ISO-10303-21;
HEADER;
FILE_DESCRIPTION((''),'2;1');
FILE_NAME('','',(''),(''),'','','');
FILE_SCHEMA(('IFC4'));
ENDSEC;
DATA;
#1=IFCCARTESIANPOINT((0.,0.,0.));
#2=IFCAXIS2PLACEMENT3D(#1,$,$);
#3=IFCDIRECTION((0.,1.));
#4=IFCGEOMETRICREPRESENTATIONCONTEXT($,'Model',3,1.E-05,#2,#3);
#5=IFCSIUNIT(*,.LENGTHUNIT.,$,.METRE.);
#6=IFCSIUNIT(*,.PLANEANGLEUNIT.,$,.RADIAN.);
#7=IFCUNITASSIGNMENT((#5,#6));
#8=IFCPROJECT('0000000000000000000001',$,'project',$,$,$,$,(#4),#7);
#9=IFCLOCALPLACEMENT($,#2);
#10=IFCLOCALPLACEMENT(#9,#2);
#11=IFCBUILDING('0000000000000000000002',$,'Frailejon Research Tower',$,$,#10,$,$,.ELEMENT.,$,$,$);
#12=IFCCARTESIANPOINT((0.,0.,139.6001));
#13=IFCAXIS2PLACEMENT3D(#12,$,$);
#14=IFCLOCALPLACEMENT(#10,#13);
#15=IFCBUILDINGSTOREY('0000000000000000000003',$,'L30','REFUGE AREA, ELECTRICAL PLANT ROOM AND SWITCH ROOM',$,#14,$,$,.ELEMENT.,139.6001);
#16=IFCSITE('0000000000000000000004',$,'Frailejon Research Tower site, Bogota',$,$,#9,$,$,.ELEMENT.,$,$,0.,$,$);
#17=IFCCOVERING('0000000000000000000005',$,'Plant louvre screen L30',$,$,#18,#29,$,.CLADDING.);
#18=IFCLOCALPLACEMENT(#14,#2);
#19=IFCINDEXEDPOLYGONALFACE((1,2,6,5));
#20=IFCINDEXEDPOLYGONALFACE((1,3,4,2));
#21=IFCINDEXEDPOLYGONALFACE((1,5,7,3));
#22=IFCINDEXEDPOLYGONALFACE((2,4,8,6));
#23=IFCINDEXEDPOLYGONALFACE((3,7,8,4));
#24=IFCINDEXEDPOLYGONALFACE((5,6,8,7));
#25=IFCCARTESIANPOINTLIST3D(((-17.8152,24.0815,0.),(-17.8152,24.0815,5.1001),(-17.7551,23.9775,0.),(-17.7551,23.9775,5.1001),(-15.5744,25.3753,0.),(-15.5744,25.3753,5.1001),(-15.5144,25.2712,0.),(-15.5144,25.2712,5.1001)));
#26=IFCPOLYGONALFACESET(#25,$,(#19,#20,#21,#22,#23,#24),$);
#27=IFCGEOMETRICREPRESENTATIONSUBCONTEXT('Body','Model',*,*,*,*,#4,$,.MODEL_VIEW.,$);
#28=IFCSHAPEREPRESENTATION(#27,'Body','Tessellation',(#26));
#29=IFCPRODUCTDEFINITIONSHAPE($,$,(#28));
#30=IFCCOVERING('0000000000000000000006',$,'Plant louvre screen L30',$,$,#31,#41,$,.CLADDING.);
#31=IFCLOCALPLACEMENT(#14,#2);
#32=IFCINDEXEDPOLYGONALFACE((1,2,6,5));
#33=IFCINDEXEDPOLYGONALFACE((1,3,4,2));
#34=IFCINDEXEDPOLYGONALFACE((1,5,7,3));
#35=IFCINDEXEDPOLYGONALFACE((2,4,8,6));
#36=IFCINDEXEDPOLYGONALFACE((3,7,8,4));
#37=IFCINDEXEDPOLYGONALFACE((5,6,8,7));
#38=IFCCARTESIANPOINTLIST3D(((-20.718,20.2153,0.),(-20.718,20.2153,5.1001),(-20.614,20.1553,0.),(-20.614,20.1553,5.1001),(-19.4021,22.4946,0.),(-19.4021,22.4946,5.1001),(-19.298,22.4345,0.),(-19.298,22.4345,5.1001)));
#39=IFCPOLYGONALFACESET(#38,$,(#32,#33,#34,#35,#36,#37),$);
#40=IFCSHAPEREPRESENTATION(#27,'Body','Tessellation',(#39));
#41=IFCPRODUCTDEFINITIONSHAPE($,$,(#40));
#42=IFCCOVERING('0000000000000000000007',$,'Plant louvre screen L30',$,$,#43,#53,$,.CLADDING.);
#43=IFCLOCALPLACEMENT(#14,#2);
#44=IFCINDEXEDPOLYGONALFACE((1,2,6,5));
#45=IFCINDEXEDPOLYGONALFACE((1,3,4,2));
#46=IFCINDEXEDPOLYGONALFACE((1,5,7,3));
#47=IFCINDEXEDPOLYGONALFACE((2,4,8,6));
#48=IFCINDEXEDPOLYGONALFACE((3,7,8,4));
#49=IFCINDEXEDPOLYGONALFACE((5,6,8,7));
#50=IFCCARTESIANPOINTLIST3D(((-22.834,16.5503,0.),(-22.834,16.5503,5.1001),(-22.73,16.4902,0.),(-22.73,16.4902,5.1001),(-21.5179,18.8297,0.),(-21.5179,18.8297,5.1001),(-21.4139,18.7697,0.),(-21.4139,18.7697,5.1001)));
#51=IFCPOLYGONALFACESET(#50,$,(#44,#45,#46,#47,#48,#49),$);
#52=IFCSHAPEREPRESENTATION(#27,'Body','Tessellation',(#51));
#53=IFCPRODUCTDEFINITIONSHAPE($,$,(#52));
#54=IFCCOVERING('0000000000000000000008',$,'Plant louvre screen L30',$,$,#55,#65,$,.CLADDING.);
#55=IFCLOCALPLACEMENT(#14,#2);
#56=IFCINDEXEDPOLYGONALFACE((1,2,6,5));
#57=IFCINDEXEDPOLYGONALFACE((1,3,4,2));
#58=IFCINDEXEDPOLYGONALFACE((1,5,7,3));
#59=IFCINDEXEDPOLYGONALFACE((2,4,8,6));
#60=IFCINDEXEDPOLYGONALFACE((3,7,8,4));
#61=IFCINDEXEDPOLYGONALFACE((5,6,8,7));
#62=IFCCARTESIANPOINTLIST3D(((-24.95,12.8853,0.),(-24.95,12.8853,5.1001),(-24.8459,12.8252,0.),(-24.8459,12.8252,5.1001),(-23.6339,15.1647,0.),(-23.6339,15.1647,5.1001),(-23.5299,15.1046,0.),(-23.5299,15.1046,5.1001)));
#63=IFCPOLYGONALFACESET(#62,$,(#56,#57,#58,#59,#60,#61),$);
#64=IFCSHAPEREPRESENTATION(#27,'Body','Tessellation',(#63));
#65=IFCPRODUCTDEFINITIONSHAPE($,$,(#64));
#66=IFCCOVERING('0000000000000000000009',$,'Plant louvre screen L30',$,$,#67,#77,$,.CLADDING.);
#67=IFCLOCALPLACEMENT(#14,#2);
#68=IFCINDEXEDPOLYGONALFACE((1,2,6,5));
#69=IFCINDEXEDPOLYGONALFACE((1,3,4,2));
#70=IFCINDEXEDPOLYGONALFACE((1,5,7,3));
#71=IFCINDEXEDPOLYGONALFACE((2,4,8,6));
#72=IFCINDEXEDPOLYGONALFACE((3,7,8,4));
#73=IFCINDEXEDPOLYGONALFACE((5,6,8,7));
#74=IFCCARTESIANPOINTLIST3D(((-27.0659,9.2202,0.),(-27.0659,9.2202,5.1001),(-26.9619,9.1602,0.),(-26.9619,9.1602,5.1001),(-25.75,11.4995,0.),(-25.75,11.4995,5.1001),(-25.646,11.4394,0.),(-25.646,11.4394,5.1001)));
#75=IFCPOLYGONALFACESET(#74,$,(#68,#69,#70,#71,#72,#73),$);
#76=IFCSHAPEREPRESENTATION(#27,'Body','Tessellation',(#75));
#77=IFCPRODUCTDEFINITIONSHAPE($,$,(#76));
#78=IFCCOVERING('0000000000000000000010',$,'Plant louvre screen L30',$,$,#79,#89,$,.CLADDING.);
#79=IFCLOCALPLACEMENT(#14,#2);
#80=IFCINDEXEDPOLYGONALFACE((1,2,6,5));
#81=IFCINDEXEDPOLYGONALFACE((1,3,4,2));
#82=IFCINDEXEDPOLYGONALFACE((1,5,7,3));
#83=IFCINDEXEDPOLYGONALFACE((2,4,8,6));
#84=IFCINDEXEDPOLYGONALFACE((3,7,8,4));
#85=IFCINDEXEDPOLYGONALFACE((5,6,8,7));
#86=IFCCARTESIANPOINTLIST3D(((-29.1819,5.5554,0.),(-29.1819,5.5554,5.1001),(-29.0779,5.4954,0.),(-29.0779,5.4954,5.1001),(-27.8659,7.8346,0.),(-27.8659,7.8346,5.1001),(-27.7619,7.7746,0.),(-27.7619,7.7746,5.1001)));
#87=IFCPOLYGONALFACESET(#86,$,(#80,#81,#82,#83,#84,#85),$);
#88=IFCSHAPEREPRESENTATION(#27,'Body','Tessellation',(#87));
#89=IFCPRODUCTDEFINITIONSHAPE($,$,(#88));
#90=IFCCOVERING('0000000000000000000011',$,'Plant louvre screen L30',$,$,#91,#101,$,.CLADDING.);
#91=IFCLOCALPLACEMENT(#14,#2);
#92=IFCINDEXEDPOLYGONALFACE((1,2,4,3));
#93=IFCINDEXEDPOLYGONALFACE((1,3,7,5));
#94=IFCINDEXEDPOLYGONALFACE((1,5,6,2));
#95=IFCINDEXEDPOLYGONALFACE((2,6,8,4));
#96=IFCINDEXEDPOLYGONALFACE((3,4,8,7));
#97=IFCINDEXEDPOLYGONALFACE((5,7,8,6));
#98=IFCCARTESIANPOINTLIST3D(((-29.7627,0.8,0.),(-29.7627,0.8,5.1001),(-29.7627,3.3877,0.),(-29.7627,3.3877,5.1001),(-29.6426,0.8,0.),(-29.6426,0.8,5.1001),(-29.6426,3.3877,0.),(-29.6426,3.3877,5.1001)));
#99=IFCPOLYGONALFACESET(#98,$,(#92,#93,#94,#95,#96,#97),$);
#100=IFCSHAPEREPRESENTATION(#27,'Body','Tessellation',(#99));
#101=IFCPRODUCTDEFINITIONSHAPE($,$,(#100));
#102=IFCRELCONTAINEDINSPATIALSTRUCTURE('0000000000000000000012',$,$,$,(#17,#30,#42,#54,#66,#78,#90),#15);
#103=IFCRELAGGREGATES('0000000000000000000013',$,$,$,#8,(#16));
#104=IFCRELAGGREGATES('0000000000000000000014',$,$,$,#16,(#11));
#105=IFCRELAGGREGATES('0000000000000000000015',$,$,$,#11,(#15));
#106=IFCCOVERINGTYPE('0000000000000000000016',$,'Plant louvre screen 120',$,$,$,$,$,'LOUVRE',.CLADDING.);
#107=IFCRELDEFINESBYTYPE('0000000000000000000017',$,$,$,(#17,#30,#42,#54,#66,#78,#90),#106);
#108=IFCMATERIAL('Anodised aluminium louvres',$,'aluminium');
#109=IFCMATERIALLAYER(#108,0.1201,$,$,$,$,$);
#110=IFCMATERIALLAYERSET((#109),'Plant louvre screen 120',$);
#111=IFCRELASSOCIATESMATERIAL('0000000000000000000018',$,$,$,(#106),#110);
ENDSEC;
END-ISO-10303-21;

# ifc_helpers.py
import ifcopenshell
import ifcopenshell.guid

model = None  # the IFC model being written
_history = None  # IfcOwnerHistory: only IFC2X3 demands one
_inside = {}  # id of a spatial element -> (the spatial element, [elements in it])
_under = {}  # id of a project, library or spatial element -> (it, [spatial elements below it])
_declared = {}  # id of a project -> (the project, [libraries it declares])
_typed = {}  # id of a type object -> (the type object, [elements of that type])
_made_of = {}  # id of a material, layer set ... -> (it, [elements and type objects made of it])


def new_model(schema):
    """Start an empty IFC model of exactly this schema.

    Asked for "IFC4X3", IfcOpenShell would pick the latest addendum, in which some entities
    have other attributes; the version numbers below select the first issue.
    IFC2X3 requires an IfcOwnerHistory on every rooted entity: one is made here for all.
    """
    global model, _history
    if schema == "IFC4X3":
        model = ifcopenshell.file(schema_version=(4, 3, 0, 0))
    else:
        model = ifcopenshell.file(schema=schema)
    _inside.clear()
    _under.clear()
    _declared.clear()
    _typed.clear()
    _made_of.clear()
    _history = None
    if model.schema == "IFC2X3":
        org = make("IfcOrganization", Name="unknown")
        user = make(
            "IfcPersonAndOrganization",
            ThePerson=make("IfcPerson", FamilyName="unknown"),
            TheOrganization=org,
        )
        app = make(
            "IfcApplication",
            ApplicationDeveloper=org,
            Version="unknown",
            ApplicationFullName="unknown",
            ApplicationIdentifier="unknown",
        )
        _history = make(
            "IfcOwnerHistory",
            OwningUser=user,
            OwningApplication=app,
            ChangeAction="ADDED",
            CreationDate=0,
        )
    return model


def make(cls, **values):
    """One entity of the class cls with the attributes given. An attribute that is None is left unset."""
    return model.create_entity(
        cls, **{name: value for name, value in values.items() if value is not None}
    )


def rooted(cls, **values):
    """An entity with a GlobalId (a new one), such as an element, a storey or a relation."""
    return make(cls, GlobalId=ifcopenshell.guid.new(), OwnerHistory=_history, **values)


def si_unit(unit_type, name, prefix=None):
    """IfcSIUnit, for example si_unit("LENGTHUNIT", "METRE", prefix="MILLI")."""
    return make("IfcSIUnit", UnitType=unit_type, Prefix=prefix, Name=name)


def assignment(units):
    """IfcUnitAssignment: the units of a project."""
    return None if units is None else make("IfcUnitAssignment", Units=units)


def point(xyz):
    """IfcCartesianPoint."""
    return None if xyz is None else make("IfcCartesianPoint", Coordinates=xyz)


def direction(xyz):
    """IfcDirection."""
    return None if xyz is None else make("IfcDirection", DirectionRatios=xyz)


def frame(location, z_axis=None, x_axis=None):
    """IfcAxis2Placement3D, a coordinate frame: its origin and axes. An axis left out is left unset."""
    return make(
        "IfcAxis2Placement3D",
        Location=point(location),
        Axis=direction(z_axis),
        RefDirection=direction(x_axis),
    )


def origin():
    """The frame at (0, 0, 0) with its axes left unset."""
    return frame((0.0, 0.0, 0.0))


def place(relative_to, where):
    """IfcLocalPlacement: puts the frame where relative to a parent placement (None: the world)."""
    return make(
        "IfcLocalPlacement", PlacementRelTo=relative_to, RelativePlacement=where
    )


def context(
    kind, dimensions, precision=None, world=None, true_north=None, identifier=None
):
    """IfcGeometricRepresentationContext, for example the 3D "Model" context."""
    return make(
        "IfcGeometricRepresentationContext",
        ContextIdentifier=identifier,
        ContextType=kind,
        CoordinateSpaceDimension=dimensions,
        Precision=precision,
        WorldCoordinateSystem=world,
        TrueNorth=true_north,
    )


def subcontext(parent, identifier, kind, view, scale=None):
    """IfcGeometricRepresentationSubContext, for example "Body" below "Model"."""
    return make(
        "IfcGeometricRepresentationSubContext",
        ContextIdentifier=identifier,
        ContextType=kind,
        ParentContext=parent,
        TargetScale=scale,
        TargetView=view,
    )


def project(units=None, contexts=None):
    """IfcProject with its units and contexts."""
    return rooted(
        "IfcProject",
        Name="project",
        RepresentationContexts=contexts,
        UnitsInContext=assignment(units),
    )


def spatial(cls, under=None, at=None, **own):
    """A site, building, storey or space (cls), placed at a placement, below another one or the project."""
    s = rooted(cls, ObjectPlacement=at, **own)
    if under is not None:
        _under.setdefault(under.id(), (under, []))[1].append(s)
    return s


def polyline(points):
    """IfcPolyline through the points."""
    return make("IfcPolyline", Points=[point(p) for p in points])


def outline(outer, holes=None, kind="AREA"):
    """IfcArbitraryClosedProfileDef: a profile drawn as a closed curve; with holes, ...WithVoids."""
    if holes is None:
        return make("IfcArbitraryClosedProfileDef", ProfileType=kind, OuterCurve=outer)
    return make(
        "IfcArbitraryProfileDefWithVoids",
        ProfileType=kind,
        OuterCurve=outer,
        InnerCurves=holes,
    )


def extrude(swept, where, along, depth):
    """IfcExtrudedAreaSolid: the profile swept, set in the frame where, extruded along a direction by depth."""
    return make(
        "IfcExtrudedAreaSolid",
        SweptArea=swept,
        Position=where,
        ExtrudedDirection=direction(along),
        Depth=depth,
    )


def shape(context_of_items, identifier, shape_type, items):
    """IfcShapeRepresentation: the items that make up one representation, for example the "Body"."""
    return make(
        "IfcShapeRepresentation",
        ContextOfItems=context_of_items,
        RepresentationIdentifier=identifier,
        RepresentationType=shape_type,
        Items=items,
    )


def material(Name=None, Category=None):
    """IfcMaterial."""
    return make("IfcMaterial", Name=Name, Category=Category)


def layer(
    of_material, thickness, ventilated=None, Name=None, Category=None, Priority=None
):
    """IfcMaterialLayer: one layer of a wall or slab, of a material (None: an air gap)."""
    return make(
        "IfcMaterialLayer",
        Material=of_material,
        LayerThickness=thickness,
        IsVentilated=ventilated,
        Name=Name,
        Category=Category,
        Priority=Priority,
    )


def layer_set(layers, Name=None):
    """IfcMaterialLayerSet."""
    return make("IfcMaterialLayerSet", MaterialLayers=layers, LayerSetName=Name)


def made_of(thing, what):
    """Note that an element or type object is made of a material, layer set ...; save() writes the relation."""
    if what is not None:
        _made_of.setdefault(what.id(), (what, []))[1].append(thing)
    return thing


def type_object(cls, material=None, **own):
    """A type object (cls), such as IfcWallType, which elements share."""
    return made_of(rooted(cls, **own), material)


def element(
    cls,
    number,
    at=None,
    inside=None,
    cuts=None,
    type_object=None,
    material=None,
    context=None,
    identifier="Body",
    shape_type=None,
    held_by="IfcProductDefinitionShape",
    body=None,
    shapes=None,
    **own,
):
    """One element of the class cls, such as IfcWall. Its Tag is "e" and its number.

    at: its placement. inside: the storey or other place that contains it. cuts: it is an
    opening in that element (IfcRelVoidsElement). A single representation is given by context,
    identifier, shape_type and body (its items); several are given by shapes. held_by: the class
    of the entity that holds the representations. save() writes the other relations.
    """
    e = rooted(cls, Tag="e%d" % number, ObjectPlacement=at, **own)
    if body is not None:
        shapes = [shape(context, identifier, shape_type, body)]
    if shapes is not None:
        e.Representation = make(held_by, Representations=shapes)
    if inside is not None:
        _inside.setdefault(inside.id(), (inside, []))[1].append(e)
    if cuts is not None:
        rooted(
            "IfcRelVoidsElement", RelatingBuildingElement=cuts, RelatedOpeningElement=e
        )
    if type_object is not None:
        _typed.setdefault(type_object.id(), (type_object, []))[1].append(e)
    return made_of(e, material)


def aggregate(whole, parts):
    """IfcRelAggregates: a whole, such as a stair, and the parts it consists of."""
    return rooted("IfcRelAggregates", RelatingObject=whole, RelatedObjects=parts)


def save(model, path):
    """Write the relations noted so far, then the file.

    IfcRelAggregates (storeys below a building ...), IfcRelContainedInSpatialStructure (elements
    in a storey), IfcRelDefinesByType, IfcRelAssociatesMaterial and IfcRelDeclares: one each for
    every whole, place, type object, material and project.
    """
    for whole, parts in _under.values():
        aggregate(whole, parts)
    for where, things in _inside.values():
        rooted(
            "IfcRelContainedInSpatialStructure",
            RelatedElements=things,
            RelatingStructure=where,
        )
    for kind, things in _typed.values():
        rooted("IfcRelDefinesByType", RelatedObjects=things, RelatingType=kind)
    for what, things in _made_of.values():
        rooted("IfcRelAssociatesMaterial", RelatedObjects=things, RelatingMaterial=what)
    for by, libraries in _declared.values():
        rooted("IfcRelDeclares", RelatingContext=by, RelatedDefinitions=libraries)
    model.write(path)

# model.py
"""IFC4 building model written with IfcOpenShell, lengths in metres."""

from ifc_helpers import new_model, si_unit, direction, frame, origin, place, context, subcontext, project, spatial, polyline, outline, extrude, material, layer, layer_set, type_object, element, save


model = new_model("IFC4")

# Units and contexts
model_context = context("Model", 3, precision=1e-05, world=origin(), true_north=direction((0.0, 1.0)))
body_context = subcontext(model_context, "Body", "Model", "MODEL_VIEW")
ifc_project = project(units=[si_unit("LENGTHUNIT", "METRE"), si_unit("PLANEANGLEUNIT", "RADIAN")], contexts=[model_context])

# Site, building, storey
site_placement = place(None, origin())
site = spatial("IfcSite", under=ifc_project, at=site_placement, Name="Frailejon Research Tower site, Bogota", CompositionType="ELEMENT", RefElevation=0.0)
building_placement = place(site_placement, origin())
building = spatial("IfcBuilding", under=site, at=building_placement, Name="Frailejon Research Tower", CompositionType="ELEMENT")
storey_placement = place(building_placement, frame((0.0, 0.0, 139.6001)))
storey = spatial("IfcBuildingStorey", under=building, at=storey_placement, Name="L30", Description="REFUGE AREA, ELECTRICAL PLANT ROOM AND SWITCH ROOM", CompositionType="ELEMENT", Elevation=139.6001)

# Coverings
ifc_material_1 = material(Name="Anodised aluminium louvres", Category="aluminium")
ifc_layer_1 = layer(ifc_material_1, 0.1201)
ifc_layer_set_1 = layer_set([ifc_layer_1], Name="Plant louvre screen 120")
covering_type = type_object("IfcCoveringType", Name="Plant louvre screen 120", ElementType="LOUVRE", PredefinedType="CLADDING", material=ifc_layer_set_1)
covering_1_placement = place(storey_placement, frame((-17.8152, 24.0815, 0.0), z_axis=(0.866021, 0.500007, 0.0), x_axis=(-0.500007, 0.866021, 0.0)))
element("IfcCovering", 1, at=covering_1_placement, inside=storey, type_object=covering_type, Name="Plant louvre screen L30", PredefinedType="CLADDING", context=body_context, shape_type="SweptSolid", body=[
    extrude(outline(polyline([(-0.1201, 0.0), (0.0, 0.0), (0.0, 5.1001), (-0.1201, 5.1001), (-0.1201, 0.0)])), origin(), (0.0, 0.0, 1.0), 2.5874),
])
covering_2_placement = place(storey_placement, frame((-20.718, 20.2153, 0.0), z_axis=(0.500012, 0.866018, 0.0), x_axis=(-0.866018, 0.500012, 0.0)))
element("IfcCovering", 2, at=covering_2_placement, inside=storey, type_object=covering_type, Name="Plant louvre screen L30", PredefinedType="CLADDING", context=body_context, shape_type="SweptSolid", body=[
    extrude(outline(polyline([(-0.1201, 0.0), (0.0, 0.0), (0.0, 5.1001), (-0.1201, 5.1001), (-0.1201, 0.0)])), origin(), (0.0, 0.0, 1.0), 2.6318),
])
for number, where, z_axis, x_axis, name in (
    (3, (-22.834, 16.5503, 0.0), (0.500002, 0.866024, 0.0), (-0.866024, 0.500002, 0.0), "Plant louvre screen L30"),
    (4, (-24.95, 12.8853, 0.0), (0.500002, 0.866024, 0.0), (-0.866024, 0.500002, 0.0), "Plant louvre screen L30"),
):
    element("IfcCovering", number, at=place(storey_placement, frame(where, z_axis=z_axis, x_axis=x_axis)), inside=storey, type_object=covering_type, Name=name, PredefinedType="CLADDING", context=body_context, shape_type="SweptSolid", body=[
        extrude(outline(polyline([(-0.1201, 0.0), (0.0, 0.0), (0.0, 5.1001), (-0.1201, 5.1001), (-0.1201, 0.0)])), origin(), (0.0, 0.0, 1.0), 2.6321),
    ])
for number, where, z_axis, x_axis, name in (
    (5, (-27.0659, 9.2202, 0.0), (0.499984, 0.866034, 0.0), (-0.866034, 0.499984, 0.0), "Plant louvre screen L30"),
    (6, (-29.1819, 5.5554, 0.0), (0.500012, 0.866018, 0.0), (-0.866018, 0.500012, 0.0), "Plant louvre screen L30"),
):
    element("IfcCovering", number, at=place(storey_placement, frame(where, z_axis=z_axis, x_axis=x_axis)), inside=storey, type_object=covering_type, Name=name, PredefinedType="CLADDING", context=body_context, shape_type="SweptSolid", body=[
        extrude(outline(polyline([(-0.1201, 0.0), (0.0, 0.0), (0.0, 5.1001), (-0.1201, 5.1001), (-0.1201, 0.0)])), origin(), (0.0, 0.0, 1.0), 2.6318),
    ])
covering_3_placement = place(storey_placement, frame((-29.7627, 0.8, 0.0), z_axis=(0.0, 1.0, 0.0), x_axis=(-1.0, 0.0, 0.0)))
element("IfcCovering", 7, at=covering_3_placement, inside=storey, type_object=covering_type, Name="Plant louvre screen L30", PredefinedType="CLADDING", context=body_context, shape_type="SweptSolid", body=[
    extrude(outline(polyline([(-0.1201, 0.0), (0.0, 0.0), (0.0, 5.1001), (-0.1201, 5.1001), (-0.1201, 0.0)])), origin(), (0.0, 0.0, 1.0), 2.5876),
])

save(model, "model.ifc")
